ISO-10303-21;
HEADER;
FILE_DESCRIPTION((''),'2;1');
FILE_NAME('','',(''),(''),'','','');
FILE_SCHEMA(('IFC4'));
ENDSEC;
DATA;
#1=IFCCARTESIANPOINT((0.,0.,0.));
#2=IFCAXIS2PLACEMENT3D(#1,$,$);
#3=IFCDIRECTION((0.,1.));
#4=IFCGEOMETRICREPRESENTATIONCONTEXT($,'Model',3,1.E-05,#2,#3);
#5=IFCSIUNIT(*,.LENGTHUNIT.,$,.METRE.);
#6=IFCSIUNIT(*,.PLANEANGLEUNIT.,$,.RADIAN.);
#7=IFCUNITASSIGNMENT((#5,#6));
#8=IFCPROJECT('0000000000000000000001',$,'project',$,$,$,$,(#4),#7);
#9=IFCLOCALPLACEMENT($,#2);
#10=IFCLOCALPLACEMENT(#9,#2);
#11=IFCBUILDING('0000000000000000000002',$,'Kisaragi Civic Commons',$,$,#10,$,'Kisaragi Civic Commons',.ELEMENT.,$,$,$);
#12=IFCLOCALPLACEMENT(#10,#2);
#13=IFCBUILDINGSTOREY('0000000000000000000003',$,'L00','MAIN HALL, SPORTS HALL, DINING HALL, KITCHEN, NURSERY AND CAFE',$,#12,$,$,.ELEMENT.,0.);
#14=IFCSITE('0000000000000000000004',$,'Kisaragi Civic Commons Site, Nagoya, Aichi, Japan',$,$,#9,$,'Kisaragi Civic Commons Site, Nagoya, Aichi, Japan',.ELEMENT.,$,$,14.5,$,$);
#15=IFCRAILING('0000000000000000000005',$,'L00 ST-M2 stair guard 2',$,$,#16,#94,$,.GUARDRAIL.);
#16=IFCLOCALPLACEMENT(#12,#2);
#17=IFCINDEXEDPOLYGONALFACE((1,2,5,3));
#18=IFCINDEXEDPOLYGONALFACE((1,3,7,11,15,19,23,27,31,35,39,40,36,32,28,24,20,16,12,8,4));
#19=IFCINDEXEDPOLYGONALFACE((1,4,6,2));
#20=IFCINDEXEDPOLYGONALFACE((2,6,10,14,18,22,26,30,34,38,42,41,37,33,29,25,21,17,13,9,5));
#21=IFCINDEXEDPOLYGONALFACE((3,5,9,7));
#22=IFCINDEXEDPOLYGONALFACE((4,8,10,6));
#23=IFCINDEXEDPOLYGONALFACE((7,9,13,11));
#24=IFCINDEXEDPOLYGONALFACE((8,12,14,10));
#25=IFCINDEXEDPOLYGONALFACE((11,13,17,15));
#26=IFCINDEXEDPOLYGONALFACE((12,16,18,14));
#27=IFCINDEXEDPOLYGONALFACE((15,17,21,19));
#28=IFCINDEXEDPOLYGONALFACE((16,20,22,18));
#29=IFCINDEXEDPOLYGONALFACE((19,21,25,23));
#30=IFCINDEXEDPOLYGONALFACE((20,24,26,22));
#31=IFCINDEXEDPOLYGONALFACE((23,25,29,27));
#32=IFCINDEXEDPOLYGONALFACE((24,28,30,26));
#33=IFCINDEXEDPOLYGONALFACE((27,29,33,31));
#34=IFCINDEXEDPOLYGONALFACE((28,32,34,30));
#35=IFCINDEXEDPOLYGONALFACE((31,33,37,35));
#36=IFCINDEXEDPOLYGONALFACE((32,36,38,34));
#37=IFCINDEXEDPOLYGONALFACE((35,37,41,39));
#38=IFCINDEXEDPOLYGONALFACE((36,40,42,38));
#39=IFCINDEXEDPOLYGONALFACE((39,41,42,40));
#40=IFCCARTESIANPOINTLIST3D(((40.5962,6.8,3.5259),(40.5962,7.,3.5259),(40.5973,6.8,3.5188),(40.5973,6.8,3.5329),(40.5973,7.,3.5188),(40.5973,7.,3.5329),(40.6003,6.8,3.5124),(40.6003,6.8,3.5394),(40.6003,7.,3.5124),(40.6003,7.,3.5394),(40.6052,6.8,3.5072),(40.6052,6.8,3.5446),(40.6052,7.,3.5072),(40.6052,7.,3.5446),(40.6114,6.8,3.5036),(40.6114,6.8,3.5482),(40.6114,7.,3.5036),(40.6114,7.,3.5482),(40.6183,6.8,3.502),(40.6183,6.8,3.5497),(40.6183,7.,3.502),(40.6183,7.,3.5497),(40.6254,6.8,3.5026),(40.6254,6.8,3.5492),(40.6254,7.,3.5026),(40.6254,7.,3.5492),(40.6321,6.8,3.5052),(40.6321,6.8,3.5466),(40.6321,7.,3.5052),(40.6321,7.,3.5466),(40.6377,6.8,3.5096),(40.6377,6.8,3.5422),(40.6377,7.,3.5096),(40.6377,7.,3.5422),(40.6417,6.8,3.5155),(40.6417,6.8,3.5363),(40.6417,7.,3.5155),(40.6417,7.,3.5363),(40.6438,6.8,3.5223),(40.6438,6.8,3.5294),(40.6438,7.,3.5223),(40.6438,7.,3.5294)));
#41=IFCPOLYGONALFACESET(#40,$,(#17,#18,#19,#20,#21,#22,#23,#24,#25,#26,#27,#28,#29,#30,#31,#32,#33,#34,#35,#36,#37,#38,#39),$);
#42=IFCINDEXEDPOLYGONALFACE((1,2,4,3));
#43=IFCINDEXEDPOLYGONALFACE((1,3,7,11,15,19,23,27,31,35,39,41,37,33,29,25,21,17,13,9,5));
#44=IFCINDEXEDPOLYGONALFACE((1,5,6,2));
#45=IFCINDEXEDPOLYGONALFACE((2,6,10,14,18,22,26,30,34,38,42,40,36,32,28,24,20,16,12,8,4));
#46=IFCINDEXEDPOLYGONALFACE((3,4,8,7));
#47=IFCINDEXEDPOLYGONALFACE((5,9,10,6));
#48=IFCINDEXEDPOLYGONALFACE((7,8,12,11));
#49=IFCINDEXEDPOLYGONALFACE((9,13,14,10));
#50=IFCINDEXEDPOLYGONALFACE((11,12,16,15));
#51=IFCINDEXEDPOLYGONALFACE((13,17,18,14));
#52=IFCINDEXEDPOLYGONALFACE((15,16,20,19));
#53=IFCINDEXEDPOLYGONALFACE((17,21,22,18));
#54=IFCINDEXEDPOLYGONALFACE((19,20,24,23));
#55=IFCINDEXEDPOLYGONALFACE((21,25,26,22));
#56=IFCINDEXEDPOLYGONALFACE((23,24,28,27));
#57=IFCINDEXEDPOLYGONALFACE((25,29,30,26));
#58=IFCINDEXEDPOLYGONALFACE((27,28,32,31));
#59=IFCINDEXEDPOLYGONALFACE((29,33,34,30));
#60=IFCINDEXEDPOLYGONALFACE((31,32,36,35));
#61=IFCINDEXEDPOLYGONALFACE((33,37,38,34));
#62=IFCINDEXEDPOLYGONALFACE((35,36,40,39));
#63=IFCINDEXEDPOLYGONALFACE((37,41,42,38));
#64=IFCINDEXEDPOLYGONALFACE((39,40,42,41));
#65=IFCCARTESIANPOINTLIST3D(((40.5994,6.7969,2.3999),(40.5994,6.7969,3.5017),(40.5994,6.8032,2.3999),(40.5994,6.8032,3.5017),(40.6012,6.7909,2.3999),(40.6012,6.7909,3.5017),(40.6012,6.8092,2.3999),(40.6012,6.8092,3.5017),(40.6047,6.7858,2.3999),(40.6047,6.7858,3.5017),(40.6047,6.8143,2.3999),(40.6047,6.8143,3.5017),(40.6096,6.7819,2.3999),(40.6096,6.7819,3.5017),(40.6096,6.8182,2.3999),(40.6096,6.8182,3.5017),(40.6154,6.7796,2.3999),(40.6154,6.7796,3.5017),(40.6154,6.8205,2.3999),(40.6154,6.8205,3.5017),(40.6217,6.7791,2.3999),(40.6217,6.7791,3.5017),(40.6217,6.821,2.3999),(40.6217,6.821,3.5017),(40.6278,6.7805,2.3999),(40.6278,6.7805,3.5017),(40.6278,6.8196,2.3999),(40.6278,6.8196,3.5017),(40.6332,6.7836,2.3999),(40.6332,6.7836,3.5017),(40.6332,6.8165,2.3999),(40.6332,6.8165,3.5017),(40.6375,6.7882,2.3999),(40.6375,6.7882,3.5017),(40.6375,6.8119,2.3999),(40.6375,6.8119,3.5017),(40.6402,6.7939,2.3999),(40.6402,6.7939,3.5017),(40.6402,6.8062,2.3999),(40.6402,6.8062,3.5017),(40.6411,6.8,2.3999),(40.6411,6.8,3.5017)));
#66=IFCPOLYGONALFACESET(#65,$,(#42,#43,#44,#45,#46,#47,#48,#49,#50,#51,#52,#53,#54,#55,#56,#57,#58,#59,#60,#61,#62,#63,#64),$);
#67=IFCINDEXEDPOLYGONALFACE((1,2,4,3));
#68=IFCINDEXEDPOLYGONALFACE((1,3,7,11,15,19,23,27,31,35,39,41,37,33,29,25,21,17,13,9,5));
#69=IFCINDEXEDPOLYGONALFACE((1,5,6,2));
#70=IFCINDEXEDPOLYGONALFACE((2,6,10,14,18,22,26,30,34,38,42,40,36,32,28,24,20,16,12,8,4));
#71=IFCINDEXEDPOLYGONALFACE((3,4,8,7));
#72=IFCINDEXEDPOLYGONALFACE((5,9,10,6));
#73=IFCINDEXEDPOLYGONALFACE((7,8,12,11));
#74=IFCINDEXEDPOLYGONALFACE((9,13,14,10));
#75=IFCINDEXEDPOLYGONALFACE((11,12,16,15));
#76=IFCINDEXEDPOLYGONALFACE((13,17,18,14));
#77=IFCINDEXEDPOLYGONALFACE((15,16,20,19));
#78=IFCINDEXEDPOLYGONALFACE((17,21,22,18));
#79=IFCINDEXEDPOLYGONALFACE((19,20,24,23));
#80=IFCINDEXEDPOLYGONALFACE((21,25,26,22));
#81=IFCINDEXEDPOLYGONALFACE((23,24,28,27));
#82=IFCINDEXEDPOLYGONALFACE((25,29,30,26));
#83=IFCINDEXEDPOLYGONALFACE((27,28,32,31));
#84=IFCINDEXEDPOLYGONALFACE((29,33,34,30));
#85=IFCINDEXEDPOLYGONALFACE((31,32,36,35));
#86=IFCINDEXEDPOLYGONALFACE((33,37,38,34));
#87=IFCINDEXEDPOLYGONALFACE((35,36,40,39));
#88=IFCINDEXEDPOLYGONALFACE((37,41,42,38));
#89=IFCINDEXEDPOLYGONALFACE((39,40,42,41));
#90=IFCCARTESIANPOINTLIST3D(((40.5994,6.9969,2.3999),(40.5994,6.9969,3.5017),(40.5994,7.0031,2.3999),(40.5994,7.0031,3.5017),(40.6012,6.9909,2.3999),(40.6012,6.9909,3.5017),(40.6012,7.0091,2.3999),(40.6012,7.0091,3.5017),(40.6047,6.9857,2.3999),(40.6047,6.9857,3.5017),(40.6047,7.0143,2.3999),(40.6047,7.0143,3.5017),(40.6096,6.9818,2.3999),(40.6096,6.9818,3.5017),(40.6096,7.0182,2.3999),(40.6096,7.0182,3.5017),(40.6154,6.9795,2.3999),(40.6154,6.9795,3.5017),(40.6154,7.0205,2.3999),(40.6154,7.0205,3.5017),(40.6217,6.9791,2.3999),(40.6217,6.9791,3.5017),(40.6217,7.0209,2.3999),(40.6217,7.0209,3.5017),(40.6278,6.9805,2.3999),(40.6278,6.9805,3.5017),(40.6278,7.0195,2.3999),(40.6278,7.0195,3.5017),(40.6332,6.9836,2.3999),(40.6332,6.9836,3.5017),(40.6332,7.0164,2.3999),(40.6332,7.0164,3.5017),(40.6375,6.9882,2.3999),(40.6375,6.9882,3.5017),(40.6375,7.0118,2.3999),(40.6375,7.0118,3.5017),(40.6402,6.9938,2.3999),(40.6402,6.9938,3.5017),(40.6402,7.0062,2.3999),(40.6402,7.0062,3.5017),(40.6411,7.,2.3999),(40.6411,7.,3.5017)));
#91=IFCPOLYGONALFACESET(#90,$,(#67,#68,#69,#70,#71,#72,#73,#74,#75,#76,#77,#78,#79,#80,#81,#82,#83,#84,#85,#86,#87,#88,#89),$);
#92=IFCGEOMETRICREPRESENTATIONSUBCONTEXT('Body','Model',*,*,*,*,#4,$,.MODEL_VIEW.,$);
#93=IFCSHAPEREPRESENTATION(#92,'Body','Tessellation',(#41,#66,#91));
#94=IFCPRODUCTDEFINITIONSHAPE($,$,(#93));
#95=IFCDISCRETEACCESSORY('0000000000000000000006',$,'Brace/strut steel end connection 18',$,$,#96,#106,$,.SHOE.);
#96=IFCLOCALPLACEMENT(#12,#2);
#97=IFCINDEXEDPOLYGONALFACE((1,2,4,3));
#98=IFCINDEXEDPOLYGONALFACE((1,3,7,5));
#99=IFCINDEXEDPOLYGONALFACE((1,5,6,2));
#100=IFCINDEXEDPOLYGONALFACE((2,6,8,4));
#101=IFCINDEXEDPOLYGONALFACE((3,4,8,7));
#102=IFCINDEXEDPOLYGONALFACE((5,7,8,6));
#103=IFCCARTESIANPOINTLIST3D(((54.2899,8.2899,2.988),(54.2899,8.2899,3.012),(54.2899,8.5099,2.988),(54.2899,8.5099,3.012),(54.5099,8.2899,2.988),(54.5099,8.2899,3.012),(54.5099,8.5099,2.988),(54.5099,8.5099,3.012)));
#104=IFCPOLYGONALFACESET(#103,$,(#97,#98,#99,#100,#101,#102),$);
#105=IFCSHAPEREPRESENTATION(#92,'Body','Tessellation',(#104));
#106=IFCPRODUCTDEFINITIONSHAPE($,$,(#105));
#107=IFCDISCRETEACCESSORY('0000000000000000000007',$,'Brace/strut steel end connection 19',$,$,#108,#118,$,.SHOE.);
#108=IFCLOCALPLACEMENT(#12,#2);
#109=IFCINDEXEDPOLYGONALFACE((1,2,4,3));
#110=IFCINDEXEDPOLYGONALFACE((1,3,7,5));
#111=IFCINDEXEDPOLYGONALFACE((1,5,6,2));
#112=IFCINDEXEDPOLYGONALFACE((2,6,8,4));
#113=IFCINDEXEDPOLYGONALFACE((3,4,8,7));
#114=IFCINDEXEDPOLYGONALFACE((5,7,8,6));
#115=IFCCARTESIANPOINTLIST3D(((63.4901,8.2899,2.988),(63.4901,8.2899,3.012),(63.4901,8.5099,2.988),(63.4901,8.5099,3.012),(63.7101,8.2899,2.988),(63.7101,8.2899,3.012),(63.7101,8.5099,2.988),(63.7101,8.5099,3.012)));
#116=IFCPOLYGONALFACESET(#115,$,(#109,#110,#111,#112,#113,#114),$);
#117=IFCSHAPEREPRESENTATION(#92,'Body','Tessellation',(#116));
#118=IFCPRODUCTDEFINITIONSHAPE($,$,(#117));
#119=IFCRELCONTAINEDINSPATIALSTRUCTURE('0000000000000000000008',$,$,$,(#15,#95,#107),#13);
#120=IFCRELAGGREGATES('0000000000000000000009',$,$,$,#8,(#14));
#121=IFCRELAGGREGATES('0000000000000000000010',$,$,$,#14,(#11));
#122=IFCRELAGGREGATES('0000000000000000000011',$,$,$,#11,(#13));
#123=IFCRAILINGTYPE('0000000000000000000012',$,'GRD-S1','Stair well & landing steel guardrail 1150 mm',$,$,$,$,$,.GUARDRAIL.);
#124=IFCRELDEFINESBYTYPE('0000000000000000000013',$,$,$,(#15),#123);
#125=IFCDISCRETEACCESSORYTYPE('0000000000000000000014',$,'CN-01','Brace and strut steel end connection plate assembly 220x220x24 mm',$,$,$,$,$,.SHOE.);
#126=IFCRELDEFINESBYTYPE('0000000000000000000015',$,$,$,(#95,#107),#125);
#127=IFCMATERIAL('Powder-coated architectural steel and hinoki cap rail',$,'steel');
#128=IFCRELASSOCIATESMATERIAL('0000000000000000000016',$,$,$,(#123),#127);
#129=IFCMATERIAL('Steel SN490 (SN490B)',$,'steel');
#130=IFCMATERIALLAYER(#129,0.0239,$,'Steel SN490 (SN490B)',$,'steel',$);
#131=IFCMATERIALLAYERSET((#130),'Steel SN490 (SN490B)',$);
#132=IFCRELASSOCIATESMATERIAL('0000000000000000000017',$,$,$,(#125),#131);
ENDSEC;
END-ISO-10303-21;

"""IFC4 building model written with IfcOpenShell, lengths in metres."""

from ifc_helpers import new_model, si_unit, direction, frame, origin, origin_2d, place, context, subcontext, project, spatial, rectangle, circle, extrude, material, layer, layer_set, type_object, element, save


model = new_model("IFC4")

# Units and contexts
model_context = context("Model", 3, precision=1e-05, world=origin(), true_north=direction((0.0, 1.0)))
body_context = subcontext(model_context, "Body", "Model", "MODEL_VIEW")
ifc_project = project(units=[si_unit("LENGTHUNIT", "METRE"), si_unit("PLANEANGLEUNIT", "RADIAN")], contexts=[model_context])

# Site, building, storey
site_placement = place(None, origin())
site = spatial("IfcSite", under=ifc_project, at=site_placement, Name="Kisaragi Civic Commons Site, Nagoya, Aichi, Japan", LongName="Kisaragi Civic Commons Site, Nagoya, Aichi, Japan", CompositionType="ELEMENT", RefElevation=14.5)
building_placement = place(site_placement, origin())
building = spatial("IfcBuilding", under=site, at=building_placement, Name="Kisaragi Civic Commons", LongName="Kisaragi Civic Commons", CompositionType="ELEMENT")
storey_placement = place(building_placement, origin())
storey = spatial("IfcBuildingStorey", under=building, at=storey_placement, Name="L00", Description="MAIN HALL, SPORTS HALL, DINING HALL, KITCHEN, NURSERY AND CAFE", CompositionType="ELEMENT", Elevation=0.0)

# Shared definitions
ifc_material_1 = material(Name="Steel SN490 (SN490B)", Category="steel")

# Railing
ifc_material_2 = material(Name="Powder-coated architectural steel and hinoki cap rail", Category="steel")
railing_type = type_object("IfcRailingType", Name="GRD-S1", Description="Stair well & landing steel guardrail 1150 mm", PredefinedType="GUARDRAIL", material=ifc_material_2)
railing_placement = place(storey_placement, frame((40.6201, 6.8, 2.3999)))
element("IfcRailing", 1, at=railing_placement, inside=storey, type_object=railing_type, Name="L00 ST-M2 stair guard 2", PredefinedType="GUARDRAIL", context=body_context, shape_type="SweptSolid", body=[
    extrude(circle(Radius=0.0239, at=origin_2d()), frame((0.0, 0.0, 1.126), z_axis=(0.0, 1.0, 0.0), x_axis=(-1.0, 0.0, 0.0)), (0.0, 0.0, 1.0), 0.2),
    extrude(circle(Radius=0.021, at=origin_2d()), origin(), (0.0, 0.0, 1.0), 1.1018),
    extrude(circle(Radius=0.021, at=origin_2d()), frame((0.0, 0.2, 0.0)), (0.0, 0.0, 1.0), 1.1018),
])

# Discrete accessories
ifc_layer_1 = layer(ifc_material_1, 0.0239, Name="Steel SN490 (SN490B)", Category="steel")
ifc_layer_set_1 = layer_set([ifc_layer_1], Name="Steel SN490 (SN490B)")
discrete_accessory_type = type_object("IfcDiscreteAccessoryType", Name="CN-01", Description="Brace and strut steel end connection plate assembly 220x220x24 mm", PredefinedType="SHOE", material=ifc_layer_set_1)
for number, where, z_axis, x_axis, name in (
    (2, (54.3999, 8.3999, 2.988), (0.0, 0.0, 1.0), (1.0, 0.0, 0.0), "Brace/strut steel end connection 18"),
    (3, (63.6001, 8.3999, 2.988), (0.0, 0.0, 1.0), (1.0, 0.0, 0.0), "Brace/strut steel end connection 19"),
):
    element("IfcDiscreteAccessory", number, at=place(storey_placement, frame(where, z_axis=z_axis, x_axis=x_axis)), inside=storey, type_object=discrete_accessory_type, Name=name, PredefinedType="SHOE", context=body_context, shape_type="SweptSolid", body=[
        extrude(rectangle(XDim=0.22, YDim=0.22, at=origin_2d()), origin(), (0.0, 0.0, 1.0), 0.0239),
    ])

save(model, "model.ifc")
